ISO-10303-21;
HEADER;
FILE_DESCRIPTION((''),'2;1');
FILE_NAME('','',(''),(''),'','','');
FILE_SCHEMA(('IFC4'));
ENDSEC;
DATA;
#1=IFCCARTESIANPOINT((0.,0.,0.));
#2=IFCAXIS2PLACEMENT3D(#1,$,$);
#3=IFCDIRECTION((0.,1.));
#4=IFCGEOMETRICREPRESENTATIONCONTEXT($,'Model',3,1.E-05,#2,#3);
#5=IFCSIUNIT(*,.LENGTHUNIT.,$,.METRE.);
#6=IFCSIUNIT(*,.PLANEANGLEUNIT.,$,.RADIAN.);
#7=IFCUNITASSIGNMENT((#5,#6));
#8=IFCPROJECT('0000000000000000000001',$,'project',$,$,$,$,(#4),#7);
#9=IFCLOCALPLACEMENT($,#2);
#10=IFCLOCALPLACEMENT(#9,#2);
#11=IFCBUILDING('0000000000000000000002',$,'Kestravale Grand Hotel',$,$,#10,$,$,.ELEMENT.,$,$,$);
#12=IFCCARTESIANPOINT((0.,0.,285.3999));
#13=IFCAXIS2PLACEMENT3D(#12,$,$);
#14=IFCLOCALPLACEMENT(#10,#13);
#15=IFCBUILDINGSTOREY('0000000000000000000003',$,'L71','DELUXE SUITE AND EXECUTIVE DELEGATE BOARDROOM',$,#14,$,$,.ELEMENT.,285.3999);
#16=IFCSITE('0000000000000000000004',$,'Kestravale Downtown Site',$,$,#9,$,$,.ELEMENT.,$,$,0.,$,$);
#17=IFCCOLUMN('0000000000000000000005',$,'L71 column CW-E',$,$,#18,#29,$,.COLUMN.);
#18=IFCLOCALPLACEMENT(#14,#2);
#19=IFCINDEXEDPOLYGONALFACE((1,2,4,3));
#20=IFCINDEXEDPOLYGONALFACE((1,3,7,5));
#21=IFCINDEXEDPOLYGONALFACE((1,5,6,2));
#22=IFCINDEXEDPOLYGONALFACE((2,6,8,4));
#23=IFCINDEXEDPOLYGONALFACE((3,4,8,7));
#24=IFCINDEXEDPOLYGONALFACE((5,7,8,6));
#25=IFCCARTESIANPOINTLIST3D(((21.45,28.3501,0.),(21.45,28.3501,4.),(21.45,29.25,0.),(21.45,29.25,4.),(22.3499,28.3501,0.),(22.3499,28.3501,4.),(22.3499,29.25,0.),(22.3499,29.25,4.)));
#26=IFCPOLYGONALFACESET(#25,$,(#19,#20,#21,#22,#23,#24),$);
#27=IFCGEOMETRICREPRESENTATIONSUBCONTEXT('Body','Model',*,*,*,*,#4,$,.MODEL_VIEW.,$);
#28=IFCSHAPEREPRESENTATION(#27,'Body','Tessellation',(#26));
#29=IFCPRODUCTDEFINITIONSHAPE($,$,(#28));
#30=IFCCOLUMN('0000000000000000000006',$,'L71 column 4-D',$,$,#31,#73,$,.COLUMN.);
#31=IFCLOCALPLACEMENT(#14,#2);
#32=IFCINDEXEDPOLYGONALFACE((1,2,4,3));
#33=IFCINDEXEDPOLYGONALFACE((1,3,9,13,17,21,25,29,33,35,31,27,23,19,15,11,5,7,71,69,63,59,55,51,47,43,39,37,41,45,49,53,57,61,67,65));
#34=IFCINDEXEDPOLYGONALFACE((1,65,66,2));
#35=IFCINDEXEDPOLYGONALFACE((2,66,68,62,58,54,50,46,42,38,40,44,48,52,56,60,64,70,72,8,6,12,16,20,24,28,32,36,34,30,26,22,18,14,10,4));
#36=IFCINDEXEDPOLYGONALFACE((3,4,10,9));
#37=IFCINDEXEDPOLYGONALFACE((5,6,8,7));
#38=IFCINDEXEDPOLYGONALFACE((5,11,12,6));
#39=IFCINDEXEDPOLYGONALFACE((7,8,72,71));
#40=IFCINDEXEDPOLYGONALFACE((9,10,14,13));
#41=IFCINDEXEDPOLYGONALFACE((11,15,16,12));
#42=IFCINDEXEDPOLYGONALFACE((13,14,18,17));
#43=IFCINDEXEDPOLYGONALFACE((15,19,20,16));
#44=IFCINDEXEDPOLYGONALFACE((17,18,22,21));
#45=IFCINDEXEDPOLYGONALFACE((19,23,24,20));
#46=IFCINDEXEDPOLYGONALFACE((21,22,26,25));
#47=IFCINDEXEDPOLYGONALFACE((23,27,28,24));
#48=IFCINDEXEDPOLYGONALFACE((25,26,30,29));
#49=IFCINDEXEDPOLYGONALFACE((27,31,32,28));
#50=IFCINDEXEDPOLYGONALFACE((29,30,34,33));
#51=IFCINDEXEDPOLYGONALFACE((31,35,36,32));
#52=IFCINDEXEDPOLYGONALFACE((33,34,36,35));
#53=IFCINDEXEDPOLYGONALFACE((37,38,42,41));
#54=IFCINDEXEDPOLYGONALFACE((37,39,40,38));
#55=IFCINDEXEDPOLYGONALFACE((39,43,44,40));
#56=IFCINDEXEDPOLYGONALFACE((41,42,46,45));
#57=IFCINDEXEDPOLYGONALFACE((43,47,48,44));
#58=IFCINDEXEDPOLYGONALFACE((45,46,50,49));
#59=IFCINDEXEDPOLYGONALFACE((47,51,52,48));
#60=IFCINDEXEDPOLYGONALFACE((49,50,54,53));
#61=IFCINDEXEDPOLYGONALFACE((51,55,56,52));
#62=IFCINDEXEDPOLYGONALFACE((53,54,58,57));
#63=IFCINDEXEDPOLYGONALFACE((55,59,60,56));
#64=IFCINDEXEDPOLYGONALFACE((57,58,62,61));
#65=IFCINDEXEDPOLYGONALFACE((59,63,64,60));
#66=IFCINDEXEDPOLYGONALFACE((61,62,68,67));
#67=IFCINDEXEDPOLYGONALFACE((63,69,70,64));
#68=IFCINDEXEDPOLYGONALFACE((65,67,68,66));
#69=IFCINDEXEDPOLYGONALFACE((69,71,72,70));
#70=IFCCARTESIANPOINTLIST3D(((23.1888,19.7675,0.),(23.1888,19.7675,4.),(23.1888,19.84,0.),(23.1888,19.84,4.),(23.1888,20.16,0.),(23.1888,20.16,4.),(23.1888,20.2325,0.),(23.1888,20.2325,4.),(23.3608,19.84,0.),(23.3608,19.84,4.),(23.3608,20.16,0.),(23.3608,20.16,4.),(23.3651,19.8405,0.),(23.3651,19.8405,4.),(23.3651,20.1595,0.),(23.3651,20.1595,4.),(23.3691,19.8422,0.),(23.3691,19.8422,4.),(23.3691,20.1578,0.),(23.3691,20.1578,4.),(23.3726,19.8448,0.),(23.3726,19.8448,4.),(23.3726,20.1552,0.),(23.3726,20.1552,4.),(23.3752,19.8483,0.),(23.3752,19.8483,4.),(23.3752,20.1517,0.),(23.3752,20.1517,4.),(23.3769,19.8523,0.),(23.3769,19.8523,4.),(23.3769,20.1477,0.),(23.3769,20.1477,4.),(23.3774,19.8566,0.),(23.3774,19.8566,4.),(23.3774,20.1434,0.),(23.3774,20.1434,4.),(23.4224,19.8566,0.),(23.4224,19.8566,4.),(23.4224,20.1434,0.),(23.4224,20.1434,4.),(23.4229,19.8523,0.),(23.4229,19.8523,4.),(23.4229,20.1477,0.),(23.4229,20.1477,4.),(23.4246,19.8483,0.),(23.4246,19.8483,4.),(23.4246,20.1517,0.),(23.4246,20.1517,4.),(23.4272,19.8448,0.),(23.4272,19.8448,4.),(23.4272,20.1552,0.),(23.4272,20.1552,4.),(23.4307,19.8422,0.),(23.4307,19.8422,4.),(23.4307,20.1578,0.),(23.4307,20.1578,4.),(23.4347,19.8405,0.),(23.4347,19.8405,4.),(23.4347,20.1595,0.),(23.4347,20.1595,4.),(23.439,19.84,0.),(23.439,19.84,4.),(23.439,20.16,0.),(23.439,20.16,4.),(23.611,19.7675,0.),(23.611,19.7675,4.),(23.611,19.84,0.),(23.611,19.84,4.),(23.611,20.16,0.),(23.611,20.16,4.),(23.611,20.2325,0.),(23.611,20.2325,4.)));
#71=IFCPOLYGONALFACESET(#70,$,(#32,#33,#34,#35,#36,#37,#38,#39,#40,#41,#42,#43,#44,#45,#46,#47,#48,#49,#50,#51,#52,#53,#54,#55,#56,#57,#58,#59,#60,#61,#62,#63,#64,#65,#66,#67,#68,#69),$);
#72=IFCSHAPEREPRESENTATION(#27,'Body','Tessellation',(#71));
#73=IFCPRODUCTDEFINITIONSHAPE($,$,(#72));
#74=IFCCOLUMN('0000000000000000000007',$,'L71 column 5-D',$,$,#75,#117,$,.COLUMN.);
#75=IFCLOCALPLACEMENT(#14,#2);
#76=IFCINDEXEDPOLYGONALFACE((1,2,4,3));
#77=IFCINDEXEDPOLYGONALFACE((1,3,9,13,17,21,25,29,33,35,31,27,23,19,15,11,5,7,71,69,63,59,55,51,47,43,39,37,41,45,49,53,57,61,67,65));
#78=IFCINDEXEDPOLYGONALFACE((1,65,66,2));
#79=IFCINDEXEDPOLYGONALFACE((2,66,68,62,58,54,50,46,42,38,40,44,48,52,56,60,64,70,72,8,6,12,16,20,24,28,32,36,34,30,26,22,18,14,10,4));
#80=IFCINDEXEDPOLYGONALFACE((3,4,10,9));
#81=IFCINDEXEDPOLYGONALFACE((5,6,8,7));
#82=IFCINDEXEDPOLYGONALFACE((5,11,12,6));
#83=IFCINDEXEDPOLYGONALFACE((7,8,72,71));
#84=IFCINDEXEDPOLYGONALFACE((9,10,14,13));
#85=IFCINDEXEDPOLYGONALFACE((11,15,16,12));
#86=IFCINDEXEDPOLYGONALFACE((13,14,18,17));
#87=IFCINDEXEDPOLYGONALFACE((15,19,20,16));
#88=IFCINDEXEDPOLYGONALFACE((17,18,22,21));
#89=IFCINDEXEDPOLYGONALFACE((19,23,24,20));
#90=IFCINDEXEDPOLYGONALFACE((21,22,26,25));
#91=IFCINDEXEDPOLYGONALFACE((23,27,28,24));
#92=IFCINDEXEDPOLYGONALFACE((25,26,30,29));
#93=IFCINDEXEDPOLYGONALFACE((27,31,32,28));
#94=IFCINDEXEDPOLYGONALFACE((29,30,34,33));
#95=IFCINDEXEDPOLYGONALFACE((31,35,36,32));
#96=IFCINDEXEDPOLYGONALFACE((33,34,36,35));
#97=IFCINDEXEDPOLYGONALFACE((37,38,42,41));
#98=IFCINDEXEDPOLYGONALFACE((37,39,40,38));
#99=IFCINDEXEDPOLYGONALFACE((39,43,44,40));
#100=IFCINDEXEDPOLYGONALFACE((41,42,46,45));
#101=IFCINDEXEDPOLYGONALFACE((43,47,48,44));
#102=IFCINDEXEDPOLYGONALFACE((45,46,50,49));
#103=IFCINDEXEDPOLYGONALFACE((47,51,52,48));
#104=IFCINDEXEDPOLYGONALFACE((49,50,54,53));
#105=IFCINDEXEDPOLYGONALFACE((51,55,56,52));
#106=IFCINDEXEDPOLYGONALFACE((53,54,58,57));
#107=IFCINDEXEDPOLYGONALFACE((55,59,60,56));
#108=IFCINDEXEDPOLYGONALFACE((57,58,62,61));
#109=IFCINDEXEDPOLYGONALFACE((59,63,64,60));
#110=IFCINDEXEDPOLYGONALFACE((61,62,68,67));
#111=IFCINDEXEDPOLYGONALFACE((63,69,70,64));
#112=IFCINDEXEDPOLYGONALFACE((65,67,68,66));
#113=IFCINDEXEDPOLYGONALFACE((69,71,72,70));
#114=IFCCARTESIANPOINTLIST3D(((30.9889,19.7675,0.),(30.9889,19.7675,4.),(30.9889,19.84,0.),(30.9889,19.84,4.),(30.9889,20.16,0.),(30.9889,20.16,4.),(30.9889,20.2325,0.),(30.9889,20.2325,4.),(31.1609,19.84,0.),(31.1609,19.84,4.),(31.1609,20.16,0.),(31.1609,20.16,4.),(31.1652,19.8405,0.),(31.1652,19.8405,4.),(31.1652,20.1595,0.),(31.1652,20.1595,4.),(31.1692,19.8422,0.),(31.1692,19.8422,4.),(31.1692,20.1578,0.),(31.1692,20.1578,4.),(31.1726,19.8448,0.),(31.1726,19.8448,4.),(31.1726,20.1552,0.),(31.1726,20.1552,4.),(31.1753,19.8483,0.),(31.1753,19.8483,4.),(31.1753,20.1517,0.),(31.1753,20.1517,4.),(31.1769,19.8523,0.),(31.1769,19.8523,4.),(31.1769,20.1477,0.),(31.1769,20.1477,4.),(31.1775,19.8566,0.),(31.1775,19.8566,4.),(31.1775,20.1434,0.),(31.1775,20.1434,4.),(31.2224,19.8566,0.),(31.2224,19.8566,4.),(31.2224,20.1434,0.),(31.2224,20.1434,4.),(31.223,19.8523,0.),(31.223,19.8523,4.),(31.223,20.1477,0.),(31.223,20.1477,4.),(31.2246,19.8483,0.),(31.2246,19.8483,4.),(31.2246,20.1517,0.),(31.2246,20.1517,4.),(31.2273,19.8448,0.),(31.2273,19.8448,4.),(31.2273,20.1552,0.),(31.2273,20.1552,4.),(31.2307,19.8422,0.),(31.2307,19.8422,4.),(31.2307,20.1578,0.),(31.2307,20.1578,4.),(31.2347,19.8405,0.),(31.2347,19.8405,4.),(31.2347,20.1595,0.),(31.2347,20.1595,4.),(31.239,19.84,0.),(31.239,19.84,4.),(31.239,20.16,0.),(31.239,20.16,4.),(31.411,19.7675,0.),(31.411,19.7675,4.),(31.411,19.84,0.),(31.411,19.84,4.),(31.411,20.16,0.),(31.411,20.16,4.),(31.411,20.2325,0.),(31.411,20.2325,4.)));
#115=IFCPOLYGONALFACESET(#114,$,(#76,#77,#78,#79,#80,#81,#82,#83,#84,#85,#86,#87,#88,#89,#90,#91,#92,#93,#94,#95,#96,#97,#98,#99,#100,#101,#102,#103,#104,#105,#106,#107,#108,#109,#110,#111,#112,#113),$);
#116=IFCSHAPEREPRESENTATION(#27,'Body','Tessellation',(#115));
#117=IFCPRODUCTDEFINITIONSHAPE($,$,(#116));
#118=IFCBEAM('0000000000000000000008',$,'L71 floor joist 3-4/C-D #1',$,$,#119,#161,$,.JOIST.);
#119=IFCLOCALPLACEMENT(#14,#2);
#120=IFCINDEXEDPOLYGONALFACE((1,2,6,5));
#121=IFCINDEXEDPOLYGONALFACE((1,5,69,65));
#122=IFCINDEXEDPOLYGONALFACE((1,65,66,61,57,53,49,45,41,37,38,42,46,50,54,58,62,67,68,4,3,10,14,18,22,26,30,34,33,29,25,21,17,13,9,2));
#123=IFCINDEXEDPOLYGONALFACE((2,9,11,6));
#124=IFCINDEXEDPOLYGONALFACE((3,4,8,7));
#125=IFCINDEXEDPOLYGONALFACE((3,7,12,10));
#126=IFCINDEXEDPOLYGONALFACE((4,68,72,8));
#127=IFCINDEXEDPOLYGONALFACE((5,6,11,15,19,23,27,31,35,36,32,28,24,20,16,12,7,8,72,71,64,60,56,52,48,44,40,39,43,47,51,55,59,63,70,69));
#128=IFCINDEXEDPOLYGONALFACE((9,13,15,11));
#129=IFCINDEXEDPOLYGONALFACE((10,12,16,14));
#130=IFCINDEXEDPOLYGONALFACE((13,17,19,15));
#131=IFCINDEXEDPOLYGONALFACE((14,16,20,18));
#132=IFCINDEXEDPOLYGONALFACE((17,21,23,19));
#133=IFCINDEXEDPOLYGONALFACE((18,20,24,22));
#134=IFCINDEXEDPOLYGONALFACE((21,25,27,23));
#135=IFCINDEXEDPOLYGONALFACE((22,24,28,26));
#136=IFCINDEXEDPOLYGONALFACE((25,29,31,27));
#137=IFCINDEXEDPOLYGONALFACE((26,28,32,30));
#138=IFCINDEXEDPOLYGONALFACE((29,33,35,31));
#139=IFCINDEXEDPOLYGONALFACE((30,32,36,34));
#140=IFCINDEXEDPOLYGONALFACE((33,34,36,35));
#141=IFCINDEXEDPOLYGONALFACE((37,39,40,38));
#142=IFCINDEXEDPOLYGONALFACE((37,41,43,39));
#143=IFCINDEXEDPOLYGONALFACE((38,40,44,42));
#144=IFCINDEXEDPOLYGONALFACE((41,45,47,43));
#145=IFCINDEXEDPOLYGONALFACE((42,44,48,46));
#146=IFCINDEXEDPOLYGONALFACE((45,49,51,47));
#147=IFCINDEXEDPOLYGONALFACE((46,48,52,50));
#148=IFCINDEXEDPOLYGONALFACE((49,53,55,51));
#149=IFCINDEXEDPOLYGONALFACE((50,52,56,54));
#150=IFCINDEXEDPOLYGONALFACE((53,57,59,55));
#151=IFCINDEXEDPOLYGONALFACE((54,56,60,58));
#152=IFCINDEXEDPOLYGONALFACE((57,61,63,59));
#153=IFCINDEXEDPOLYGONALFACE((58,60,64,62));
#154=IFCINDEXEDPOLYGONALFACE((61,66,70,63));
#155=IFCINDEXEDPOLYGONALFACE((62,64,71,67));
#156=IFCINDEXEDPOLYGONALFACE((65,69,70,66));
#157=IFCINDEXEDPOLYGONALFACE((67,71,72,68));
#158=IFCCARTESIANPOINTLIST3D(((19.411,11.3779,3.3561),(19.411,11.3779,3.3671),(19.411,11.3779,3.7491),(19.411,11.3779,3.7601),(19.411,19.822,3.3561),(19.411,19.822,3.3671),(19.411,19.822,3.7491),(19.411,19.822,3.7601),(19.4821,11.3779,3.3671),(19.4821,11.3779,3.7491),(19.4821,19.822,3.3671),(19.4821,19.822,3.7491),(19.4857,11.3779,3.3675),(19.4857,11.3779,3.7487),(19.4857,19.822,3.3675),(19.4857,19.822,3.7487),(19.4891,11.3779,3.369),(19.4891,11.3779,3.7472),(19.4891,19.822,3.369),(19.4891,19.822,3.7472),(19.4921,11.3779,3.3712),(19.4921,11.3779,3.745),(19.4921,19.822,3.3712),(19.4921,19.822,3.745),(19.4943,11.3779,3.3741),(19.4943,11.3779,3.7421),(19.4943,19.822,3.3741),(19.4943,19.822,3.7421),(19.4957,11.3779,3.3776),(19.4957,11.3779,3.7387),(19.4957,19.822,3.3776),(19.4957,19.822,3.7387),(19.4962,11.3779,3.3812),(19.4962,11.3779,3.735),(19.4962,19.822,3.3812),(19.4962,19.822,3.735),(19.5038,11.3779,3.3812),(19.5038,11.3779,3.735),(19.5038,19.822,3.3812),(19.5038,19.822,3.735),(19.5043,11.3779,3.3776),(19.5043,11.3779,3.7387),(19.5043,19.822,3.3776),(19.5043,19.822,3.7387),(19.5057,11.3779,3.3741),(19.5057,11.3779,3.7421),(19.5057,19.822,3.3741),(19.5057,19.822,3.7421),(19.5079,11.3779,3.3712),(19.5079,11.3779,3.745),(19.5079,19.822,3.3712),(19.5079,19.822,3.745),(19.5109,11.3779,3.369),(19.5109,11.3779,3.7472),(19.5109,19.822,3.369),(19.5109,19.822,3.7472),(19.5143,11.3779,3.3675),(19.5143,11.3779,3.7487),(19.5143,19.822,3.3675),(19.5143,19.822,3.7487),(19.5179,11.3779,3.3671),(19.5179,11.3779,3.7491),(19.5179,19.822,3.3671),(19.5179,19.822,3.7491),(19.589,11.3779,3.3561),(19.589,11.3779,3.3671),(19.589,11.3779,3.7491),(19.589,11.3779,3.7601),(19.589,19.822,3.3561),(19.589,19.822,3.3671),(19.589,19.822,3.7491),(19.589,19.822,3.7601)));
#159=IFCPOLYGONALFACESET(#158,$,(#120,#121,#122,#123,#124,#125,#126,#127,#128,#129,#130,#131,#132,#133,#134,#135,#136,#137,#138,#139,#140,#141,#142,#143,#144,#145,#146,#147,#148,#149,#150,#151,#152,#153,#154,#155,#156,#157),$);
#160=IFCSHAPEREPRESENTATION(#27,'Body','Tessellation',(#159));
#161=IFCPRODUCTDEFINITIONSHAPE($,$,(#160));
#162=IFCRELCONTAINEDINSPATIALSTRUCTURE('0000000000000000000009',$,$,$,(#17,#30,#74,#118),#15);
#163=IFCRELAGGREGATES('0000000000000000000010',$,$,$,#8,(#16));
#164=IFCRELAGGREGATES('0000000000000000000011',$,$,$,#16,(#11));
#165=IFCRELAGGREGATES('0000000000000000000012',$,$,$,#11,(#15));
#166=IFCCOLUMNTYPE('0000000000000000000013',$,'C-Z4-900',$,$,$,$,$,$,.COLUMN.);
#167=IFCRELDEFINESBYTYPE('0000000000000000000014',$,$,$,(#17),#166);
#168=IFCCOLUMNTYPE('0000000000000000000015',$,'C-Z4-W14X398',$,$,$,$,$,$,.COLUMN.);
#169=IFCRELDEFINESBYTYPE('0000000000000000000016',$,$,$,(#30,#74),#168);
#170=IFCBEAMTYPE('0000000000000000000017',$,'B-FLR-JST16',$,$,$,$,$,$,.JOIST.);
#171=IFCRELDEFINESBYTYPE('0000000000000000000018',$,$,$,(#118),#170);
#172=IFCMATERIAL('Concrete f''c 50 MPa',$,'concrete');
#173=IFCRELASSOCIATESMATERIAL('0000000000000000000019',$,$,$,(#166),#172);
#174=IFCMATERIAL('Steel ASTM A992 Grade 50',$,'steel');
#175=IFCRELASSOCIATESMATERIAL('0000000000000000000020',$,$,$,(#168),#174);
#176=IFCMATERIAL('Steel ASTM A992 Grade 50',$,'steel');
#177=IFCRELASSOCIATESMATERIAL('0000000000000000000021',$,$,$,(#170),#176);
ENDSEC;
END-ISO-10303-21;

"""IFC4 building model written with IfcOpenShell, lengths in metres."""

from ifc_helpers import new_model, si_unit, direction, frame, origin, origin_2d, place, context, subcontext, project, spatial, rectangle, i_section, extrude, material, material_profile, profile_set, type_object, element, save


model = new_model("IFC4")

# Units and contexts
model_context = context("Model", 3, precision=1e-05, world=origin(), true_north=direction((0.0, 1.0)))
body_context = subcontext(model_context, "Body", "Model", "MODEL_VIEW")
ifc_project = project(units=[si_unit("LENGTHUNIT", "METRE"), si_unit("PLANEANGLEUNIT", "RADIAN")], contexts=[model_context])

# Site, building, storey
site_placement = place(None, origin())
site = spatial("IfcSite", under=ifc_project, at=site_placement, Name="Kestravale Downtown Site", CompositionType="ELEMENT", RefElevation=0.0)
building_placement = place(site_placement, origin())
building = spatial("IfcBuilding", under=site, at=building_placement, Name="Kestravale Grand Hotel", CompositionType="ELEMENT")
storey_placement = place(building_placement, frame((0.0, 0.0, 285.3999)))
storey = spatial("IfcBuildingStorey", under=building, at=storey_placement, Name="L71", Description="DELUXE SUITE AND EXECUTIVE DELEGATE BOARDROOM", CompositionType="ELEMENT", Elevation=285.3999)

# Columns
ifc_material_1 = material(Name="Concrete f'c 50 MPa", Category="concrete")
ifc_material_profile_1 = material_profile(ifc_material_1, rectangle(XDim=0.8999, YDim=0.8999, at=origin_2d()))
ifc_profile_set_1 = profile_set([ifc_material_profile_1], Name="Concrete f'c 50 MPa")
column_type_1 = type_object("IfcColumnType", Name="C-Z4-900", PredefinedType="COLUMN", material=ifc_profile_set_1)
column_placement = place(storey_placement, frame((21.8999, 28.8, 0.0), z_axis=(0.0, 0.0, 1.0), x_axis=(1.0, 0.0, 0.0)))
element("IfcColumn", 1, at=column_placement, inside=storey, type_object=column_type_1, Name="L71 column CW-E", PredefinedType="COLUMN", context=body_context, shape_type="SweptSolid", body=[
    extrude(rectangle(XDim=0.8999, YDim=0.8999, at=origin_2d()), origin(), (0.0, 0.0, 1.0), 4.0),
])
ifc_material_2 = material(Name="Steel ASTM A992 Grade 50", Category="steel")
ifc_material_profile_2 = material_profile(ifc_material_2, i_section(OverallWidth=0.4221, OverallDepth=0.4651, WebThickness=0.0449, FlangeThickness=0.0725, FilletRadius=0.0166, at=origin_2d()))
ifc_profile_set_2 = profile_set([ifc_material_profile_2], Name="Steel ASTM A992 Grade 50")
column_type_2 = type_object("IfcColumnType", Name="C-Z4-W14X398", PredefinedType="COLUMN", material=ifc_profile_set_2)
for number, where, z_axis, x_axis, name in (
    (2, (23.3999, 20.0, 0.0), (0.0, 0.0, 1.0), (1.0, 0.0, 0.0), "L71 column 4-D"),
    (3, (31.2, 20.0, 0.0), (0.0, 0.0, 1.0), (1.0, 0.0, 0.0), "L71 column 5-D"),
):
    element("IfcColumn", number, at=place(storey_placement, frame(where, z_axis=z_axis, x_axis=x_axis)), inside=storey, type_object=column_type_2, Name=name, PredefinedType="COLUMN", context=body_context, shape_type="SweptSolid", body=[
        extrude(i_section(OverallWidth=0.4221, OverallDepth=0.4651, WebThickness=0.0449, FlangeThickness=0.0725, FilletRadius=0.0166, at=origin_2d()), origin(), (0.0, 0.0, 1.0), 4.0),
    ])

# Beam
ifc_material_3 = material(Name="Steel ASTM A992 Grade 50", Category="steel")
ifc_material_profile_3 = material_profile(ifc_material_3, i_section(OverallWidth=0.178, OverallDepth=0.4041, WebThickness=0.0076, FlangeThickness=0.011, FilletRadius=0.0142, at=origin_2d()))
ifc_profile_set_3 = profile_set([ifc_material_profile_3], Name="Steel ASTM A992 Grade 50")
beam_type_1 = type_object("IfcBeamType", Name="B-FLR-JST16", PredefinedType="JOIST", material=ifc_profile_set_3)
for number, where, z_axis, x_axis, name in (
    (4, (19.5, 11.3779, 3.5581), (0.0, 1.0, 0.0), (-1.0, 0.0, 0.0), "L71 floor joist 3-4/C-D #1"),
):
    element("IfcBeam", number, at=place(storey_placement, frame(where, z_axis=z_axis, x_axis=x_axis)), inside=storey, type_object=beam_type_1, Name=name, PredefinedType="JOIST", context=body_context, shape_type="SweptSolid", body=[
        extrude(i_section(OverallWidth=0.178, OverallDepth=0.4041, WebThickness=0.0076, FlangeThickness=0.011, FilletRadius=0.0142, at=origin_2d()), origin(), (0.0, 0.0, 1.0), 8.4441),
    ])

save(model, "model.ifc")
